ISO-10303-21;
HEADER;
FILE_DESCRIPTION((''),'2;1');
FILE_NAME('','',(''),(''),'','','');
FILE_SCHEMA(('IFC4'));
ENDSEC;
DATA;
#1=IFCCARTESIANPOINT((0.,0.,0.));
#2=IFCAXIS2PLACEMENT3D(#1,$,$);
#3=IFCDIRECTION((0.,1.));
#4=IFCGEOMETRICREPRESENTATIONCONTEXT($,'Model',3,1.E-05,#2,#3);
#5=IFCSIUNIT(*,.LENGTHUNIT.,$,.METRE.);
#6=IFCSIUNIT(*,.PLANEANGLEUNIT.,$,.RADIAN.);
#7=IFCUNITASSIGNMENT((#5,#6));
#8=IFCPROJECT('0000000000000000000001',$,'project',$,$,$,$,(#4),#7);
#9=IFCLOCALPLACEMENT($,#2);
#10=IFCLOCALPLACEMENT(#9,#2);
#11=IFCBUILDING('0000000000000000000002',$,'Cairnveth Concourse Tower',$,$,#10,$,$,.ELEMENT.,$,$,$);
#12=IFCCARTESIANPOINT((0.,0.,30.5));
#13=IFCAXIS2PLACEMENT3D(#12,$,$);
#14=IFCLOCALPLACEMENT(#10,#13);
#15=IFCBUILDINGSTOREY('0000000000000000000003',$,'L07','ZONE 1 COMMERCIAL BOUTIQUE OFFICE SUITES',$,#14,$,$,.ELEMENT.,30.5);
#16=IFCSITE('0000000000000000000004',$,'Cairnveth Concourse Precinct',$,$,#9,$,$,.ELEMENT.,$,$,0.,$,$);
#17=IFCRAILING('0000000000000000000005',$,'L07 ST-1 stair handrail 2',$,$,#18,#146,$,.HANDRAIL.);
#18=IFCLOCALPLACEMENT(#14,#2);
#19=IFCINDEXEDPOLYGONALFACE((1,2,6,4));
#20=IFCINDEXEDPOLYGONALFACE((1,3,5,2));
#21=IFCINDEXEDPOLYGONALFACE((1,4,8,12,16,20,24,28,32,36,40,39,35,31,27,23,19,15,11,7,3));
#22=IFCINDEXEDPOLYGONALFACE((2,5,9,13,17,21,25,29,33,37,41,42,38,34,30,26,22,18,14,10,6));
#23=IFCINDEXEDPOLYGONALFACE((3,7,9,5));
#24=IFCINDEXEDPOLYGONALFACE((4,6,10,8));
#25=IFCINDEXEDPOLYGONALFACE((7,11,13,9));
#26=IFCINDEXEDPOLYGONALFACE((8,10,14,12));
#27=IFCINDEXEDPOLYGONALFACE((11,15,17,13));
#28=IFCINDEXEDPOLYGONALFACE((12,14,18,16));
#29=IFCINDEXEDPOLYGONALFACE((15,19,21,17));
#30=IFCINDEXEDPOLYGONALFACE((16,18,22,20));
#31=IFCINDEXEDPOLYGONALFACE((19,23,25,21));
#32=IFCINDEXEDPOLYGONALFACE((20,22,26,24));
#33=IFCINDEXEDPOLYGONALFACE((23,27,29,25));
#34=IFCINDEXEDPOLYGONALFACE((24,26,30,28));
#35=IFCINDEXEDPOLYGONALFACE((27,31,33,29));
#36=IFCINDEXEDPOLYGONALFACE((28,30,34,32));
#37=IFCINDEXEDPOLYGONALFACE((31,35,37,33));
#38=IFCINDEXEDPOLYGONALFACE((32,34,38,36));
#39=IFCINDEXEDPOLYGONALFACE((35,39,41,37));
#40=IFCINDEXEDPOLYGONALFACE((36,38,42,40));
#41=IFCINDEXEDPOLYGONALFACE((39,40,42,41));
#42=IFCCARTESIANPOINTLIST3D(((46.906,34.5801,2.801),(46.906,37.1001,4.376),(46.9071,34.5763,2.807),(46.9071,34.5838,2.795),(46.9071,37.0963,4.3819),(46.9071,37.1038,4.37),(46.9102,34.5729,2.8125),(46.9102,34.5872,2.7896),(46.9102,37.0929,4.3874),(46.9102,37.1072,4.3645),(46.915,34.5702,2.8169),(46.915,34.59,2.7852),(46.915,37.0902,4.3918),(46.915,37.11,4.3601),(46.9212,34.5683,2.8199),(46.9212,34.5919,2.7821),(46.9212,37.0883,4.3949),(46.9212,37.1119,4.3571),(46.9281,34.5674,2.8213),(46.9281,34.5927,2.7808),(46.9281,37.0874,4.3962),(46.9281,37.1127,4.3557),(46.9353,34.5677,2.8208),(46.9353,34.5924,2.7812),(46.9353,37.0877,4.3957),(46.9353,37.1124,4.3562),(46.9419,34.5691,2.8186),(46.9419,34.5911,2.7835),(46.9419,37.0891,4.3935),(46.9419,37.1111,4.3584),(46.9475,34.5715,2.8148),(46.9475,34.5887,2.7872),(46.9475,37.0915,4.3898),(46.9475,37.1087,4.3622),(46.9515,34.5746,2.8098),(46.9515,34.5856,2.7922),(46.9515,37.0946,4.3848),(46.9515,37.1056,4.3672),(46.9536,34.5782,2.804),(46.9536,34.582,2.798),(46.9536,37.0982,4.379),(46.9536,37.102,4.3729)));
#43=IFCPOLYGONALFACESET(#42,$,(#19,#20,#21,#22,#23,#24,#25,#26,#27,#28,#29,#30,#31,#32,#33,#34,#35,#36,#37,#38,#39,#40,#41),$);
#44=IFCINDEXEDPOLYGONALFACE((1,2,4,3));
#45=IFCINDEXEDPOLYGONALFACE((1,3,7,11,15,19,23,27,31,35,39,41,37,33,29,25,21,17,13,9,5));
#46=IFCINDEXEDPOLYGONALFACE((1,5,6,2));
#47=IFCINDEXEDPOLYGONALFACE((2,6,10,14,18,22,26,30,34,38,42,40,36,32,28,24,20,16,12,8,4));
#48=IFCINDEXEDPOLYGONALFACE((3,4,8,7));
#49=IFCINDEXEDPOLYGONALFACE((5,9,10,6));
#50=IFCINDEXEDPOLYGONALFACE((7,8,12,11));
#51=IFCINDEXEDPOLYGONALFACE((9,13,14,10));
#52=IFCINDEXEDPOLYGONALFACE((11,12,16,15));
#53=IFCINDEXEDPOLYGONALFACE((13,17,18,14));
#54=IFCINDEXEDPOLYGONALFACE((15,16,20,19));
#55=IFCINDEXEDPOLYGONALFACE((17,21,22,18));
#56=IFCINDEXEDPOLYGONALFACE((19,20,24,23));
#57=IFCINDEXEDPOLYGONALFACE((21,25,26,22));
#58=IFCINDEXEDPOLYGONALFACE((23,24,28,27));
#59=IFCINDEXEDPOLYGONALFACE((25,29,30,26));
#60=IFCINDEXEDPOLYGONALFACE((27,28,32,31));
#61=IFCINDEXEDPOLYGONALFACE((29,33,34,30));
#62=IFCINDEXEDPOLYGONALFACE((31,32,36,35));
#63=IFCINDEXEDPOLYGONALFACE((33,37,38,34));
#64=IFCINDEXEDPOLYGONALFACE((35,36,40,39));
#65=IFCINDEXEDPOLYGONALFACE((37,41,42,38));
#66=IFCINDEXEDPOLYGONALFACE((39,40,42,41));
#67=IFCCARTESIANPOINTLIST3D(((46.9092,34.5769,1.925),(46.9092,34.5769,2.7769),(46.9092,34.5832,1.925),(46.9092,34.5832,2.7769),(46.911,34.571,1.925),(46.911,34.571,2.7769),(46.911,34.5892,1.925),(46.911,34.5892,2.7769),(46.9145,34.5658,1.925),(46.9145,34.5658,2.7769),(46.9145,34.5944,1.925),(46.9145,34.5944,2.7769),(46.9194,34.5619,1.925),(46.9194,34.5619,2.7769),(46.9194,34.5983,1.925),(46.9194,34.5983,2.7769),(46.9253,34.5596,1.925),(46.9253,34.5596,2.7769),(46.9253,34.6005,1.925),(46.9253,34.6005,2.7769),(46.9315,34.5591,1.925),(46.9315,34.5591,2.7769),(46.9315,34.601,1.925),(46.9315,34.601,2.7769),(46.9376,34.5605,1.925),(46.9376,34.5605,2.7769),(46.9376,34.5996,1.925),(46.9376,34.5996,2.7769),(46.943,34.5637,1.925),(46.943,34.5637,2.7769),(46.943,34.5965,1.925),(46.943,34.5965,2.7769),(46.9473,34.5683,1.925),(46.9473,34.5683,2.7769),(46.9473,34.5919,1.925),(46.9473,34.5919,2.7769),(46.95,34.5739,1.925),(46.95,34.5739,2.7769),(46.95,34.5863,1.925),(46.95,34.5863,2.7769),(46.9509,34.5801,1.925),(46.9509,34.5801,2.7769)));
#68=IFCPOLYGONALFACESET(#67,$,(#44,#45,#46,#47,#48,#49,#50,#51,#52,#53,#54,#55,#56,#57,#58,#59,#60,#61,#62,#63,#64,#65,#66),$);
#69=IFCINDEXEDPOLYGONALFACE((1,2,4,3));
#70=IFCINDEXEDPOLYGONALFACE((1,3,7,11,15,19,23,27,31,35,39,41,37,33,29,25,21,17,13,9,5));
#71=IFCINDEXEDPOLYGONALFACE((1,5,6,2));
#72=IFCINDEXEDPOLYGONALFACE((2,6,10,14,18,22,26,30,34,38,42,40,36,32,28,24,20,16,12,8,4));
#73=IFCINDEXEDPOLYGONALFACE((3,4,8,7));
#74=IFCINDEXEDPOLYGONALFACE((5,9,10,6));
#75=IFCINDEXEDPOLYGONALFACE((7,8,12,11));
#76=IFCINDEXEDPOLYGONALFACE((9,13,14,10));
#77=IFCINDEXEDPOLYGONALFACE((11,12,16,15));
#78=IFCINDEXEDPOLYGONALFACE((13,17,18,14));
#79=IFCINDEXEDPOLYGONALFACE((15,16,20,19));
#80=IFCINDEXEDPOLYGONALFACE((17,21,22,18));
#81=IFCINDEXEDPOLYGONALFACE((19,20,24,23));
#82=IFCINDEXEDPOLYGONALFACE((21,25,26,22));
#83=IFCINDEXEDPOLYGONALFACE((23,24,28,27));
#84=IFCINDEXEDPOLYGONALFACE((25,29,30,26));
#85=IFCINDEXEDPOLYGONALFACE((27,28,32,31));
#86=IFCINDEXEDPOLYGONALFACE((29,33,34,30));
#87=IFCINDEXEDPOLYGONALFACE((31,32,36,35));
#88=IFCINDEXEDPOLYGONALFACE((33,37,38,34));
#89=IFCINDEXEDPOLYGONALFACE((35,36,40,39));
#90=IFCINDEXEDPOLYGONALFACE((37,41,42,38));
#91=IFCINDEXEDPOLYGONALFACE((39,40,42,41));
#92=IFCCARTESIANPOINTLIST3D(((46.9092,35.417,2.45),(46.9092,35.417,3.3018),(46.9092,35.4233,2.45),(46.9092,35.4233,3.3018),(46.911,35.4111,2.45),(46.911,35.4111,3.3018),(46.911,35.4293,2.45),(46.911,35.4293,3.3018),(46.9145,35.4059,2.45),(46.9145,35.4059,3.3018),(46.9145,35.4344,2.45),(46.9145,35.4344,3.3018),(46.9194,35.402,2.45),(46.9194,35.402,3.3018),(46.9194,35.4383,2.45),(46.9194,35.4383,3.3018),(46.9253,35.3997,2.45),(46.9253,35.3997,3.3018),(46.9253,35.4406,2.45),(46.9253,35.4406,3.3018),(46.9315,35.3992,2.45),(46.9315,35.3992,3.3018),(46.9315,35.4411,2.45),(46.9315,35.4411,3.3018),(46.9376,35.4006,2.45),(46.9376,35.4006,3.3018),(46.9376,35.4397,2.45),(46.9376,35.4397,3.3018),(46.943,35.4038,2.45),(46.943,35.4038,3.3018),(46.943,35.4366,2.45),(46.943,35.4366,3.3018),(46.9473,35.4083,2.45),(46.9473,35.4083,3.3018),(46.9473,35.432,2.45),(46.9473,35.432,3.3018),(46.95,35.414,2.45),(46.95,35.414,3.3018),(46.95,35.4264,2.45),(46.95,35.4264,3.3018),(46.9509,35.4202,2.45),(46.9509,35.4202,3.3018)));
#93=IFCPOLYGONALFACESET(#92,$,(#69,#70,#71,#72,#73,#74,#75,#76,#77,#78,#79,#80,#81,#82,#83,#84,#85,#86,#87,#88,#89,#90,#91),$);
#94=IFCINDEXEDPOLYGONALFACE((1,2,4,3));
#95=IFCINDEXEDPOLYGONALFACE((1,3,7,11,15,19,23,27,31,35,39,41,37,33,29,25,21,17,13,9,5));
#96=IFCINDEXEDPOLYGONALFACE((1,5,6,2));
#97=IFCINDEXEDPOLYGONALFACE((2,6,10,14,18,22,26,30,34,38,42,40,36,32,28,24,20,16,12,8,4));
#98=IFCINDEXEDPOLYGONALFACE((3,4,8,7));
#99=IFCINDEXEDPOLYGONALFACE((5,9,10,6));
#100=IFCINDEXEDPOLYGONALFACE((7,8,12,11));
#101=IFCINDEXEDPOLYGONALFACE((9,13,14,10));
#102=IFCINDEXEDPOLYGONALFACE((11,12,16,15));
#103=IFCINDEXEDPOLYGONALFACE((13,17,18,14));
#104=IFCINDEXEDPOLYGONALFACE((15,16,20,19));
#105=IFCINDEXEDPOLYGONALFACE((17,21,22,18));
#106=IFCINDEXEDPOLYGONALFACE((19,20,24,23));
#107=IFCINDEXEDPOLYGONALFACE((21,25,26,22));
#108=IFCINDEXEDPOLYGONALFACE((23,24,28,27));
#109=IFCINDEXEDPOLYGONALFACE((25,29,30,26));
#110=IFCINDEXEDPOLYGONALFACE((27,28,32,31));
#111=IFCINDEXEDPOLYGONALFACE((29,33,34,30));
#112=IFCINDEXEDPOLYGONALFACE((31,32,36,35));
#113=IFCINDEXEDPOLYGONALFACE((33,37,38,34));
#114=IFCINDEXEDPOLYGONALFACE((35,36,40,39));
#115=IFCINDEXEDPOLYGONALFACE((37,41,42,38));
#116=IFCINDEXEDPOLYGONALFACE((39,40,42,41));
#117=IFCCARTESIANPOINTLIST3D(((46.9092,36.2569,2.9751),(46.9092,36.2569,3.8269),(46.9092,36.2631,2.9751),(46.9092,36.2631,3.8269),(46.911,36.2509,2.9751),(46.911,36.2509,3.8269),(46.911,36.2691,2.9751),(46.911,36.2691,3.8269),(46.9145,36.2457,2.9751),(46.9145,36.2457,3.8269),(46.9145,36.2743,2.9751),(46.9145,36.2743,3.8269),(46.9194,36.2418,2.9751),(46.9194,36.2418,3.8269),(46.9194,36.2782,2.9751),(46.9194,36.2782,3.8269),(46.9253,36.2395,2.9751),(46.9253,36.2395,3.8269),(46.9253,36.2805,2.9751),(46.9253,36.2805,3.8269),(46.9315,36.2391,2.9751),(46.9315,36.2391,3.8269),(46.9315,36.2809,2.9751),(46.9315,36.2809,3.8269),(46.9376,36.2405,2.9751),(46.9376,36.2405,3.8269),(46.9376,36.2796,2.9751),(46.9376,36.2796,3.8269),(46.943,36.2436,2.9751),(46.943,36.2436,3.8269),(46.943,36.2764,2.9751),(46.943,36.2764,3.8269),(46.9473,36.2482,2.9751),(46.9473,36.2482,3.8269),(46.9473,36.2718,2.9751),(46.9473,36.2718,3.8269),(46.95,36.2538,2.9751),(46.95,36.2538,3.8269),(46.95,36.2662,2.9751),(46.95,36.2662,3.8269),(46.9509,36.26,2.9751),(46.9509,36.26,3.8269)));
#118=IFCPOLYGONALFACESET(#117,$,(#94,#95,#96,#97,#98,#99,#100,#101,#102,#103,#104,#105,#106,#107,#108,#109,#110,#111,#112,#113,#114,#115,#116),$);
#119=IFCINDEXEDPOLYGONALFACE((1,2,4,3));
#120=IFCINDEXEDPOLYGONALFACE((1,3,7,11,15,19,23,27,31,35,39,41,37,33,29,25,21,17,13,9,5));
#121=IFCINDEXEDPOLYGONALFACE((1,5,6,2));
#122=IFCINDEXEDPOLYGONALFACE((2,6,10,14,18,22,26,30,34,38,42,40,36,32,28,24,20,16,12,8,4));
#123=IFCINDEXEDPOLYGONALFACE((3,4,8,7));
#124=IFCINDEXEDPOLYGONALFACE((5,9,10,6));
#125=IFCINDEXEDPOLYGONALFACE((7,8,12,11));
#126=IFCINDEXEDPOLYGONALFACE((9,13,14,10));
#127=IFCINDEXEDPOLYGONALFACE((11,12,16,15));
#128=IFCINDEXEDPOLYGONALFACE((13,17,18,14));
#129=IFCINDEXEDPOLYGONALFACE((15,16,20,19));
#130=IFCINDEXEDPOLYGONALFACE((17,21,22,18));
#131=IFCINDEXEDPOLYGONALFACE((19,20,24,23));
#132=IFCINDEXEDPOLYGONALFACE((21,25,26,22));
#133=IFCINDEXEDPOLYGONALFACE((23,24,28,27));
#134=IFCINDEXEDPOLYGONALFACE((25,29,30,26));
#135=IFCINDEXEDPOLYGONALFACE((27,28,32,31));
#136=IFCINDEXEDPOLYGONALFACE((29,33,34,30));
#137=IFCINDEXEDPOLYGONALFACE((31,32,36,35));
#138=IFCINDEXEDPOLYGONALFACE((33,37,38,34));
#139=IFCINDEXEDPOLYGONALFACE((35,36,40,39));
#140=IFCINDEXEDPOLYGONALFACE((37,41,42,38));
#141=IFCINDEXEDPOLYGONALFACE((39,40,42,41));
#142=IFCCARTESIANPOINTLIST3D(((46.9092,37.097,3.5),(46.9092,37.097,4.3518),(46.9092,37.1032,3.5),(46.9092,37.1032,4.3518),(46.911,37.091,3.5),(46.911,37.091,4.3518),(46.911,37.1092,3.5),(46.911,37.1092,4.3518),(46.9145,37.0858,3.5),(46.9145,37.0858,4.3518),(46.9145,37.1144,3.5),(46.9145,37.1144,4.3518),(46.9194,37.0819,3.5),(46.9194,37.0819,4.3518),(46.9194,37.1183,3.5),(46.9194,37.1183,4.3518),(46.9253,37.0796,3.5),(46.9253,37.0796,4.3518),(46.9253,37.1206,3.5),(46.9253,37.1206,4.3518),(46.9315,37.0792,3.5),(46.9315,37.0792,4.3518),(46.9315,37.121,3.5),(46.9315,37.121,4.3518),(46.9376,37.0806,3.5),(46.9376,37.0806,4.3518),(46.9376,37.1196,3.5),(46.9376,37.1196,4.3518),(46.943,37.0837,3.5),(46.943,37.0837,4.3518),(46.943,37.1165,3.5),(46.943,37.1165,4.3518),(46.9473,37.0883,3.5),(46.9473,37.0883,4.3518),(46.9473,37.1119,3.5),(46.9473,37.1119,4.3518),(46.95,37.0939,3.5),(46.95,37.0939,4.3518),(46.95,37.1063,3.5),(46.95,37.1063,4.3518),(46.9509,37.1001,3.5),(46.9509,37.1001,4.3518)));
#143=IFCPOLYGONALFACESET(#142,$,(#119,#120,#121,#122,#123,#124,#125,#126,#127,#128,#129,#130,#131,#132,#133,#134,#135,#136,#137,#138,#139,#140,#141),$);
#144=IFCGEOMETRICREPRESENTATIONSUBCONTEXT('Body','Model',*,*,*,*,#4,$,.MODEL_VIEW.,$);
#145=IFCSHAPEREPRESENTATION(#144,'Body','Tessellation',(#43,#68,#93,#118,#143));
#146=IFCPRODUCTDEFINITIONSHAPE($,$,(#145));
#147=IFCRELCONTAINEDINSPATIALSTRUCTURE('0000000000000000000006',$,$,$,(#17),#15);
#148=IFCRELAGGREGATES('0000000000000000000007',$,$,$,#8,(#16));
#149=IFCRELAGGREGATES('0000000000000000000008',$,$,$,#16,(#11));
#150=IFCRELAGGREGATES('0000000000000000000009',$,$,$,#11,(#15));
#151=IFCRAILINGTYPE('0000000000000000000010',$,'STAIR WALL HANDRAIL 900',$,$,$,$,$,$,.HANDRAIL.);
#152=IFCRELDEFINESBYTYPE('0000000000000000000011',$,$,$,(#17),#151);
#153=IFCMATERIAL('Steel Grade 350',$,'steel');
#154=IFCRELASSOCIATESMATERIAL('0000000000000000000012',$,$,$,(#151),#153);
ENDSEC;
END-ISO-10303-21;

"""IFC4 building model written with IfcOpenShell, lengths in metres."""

from ifc_helpers import new_model, si_unit, direction, frame, origin, origin_2d, place, context, subcontext, project, spatial, circle, extrude, material, type_object, element, save


model = new_model("IFC4")

# Units and contexts
model_context = context("Model", 3, precision=1e-05, world=origin(), true_north=direction((0.0, 1.0)))
body_context = subcontext(model_context, "Body", "Model", "MODEL_VIEW")
ifc_project = project(units=[si_unit("LENGTHUNIT", "METRE"), si_unit("PLANEANGLEUNIT", "RADIAN")], contexts=[model_context])

# Site, building, storey
site_placement = place(None, origin())
site = spatial("IfcSite", under=ifc_project, at=site_placement, Name="Cairnveth Concourse Precinct", CompositionType="ELEMENT", RefElevation=0.0)
building_placement = place(site_placement, origin())
building = spatial("IfcBuilding", under=site, at=building_placement, Name="Cairnveth Concourse Tower", CompositionType="ELEMENT")
storey_placement = place(building_placement, frame((0.0, 0.0, 30.5)))
storey = spatial("IfcBuildingStorey", under=building, at=storey_placement, Name="L07", Description="ZONE 1 COMMERCIAL BOUTIQUE OFFICE SUITES", CompositionType="ELEMENT", Elevation=30.5)

# Shared definitions
ifc_material_1 = material(Name="Steel Grade 350", Category="steel")

# Railing
railing_type_1 = type_object("IfcRailingType", Name="STAIR WALL HANDRAIL 900", PredefinedType="HANDRAIL", material=ifc_material_1)
railing_1_placement = place(storey_placement, frame((46.9299, 34.5801, 1.925)))
element("IfcRailing", 1, at=railing_1_placement, inside=storey, type_object=railing_type_1, Name="L07 ST-1 stair handrail 2", PredefinedType="HANDRAIL", context=body_context, shape_type="SweptSolid", body=[
    extrude(circle(Radius=0.0239, at=origin_2d()), frame((0.0, 0.0, 0.876), z_axis=(0.0, 0.848008, 0.529984), x_axis=(-1.0, 0.0, 0.0)), (0.0, 0.0, 1.0), 2.9717),
    extrude(circle(Radius=0.021, at=origin_2d()), origin(), (0.0, 0.0, 1.0), 0.8518),
    extrude(circle(Radius=0.021, at=origin_2d()), frame((0.0, 0.8401, 0.5249)), (0.0, 0.0, 1.0), 0.8518),
    extrude(circle(Radius=0.021, at=origin_2d()), frame((0.0, 1.6799, 1.05)), (0.0, 0.0, 1.0), 0.8518),
    extrude(circle(Radius=0.021, at=origin_2d()), frame((0.0, 2.52, 1.575)), (0.0, 0.0, 1.0), 0.8518),
])

save(model, "model.ifc")
